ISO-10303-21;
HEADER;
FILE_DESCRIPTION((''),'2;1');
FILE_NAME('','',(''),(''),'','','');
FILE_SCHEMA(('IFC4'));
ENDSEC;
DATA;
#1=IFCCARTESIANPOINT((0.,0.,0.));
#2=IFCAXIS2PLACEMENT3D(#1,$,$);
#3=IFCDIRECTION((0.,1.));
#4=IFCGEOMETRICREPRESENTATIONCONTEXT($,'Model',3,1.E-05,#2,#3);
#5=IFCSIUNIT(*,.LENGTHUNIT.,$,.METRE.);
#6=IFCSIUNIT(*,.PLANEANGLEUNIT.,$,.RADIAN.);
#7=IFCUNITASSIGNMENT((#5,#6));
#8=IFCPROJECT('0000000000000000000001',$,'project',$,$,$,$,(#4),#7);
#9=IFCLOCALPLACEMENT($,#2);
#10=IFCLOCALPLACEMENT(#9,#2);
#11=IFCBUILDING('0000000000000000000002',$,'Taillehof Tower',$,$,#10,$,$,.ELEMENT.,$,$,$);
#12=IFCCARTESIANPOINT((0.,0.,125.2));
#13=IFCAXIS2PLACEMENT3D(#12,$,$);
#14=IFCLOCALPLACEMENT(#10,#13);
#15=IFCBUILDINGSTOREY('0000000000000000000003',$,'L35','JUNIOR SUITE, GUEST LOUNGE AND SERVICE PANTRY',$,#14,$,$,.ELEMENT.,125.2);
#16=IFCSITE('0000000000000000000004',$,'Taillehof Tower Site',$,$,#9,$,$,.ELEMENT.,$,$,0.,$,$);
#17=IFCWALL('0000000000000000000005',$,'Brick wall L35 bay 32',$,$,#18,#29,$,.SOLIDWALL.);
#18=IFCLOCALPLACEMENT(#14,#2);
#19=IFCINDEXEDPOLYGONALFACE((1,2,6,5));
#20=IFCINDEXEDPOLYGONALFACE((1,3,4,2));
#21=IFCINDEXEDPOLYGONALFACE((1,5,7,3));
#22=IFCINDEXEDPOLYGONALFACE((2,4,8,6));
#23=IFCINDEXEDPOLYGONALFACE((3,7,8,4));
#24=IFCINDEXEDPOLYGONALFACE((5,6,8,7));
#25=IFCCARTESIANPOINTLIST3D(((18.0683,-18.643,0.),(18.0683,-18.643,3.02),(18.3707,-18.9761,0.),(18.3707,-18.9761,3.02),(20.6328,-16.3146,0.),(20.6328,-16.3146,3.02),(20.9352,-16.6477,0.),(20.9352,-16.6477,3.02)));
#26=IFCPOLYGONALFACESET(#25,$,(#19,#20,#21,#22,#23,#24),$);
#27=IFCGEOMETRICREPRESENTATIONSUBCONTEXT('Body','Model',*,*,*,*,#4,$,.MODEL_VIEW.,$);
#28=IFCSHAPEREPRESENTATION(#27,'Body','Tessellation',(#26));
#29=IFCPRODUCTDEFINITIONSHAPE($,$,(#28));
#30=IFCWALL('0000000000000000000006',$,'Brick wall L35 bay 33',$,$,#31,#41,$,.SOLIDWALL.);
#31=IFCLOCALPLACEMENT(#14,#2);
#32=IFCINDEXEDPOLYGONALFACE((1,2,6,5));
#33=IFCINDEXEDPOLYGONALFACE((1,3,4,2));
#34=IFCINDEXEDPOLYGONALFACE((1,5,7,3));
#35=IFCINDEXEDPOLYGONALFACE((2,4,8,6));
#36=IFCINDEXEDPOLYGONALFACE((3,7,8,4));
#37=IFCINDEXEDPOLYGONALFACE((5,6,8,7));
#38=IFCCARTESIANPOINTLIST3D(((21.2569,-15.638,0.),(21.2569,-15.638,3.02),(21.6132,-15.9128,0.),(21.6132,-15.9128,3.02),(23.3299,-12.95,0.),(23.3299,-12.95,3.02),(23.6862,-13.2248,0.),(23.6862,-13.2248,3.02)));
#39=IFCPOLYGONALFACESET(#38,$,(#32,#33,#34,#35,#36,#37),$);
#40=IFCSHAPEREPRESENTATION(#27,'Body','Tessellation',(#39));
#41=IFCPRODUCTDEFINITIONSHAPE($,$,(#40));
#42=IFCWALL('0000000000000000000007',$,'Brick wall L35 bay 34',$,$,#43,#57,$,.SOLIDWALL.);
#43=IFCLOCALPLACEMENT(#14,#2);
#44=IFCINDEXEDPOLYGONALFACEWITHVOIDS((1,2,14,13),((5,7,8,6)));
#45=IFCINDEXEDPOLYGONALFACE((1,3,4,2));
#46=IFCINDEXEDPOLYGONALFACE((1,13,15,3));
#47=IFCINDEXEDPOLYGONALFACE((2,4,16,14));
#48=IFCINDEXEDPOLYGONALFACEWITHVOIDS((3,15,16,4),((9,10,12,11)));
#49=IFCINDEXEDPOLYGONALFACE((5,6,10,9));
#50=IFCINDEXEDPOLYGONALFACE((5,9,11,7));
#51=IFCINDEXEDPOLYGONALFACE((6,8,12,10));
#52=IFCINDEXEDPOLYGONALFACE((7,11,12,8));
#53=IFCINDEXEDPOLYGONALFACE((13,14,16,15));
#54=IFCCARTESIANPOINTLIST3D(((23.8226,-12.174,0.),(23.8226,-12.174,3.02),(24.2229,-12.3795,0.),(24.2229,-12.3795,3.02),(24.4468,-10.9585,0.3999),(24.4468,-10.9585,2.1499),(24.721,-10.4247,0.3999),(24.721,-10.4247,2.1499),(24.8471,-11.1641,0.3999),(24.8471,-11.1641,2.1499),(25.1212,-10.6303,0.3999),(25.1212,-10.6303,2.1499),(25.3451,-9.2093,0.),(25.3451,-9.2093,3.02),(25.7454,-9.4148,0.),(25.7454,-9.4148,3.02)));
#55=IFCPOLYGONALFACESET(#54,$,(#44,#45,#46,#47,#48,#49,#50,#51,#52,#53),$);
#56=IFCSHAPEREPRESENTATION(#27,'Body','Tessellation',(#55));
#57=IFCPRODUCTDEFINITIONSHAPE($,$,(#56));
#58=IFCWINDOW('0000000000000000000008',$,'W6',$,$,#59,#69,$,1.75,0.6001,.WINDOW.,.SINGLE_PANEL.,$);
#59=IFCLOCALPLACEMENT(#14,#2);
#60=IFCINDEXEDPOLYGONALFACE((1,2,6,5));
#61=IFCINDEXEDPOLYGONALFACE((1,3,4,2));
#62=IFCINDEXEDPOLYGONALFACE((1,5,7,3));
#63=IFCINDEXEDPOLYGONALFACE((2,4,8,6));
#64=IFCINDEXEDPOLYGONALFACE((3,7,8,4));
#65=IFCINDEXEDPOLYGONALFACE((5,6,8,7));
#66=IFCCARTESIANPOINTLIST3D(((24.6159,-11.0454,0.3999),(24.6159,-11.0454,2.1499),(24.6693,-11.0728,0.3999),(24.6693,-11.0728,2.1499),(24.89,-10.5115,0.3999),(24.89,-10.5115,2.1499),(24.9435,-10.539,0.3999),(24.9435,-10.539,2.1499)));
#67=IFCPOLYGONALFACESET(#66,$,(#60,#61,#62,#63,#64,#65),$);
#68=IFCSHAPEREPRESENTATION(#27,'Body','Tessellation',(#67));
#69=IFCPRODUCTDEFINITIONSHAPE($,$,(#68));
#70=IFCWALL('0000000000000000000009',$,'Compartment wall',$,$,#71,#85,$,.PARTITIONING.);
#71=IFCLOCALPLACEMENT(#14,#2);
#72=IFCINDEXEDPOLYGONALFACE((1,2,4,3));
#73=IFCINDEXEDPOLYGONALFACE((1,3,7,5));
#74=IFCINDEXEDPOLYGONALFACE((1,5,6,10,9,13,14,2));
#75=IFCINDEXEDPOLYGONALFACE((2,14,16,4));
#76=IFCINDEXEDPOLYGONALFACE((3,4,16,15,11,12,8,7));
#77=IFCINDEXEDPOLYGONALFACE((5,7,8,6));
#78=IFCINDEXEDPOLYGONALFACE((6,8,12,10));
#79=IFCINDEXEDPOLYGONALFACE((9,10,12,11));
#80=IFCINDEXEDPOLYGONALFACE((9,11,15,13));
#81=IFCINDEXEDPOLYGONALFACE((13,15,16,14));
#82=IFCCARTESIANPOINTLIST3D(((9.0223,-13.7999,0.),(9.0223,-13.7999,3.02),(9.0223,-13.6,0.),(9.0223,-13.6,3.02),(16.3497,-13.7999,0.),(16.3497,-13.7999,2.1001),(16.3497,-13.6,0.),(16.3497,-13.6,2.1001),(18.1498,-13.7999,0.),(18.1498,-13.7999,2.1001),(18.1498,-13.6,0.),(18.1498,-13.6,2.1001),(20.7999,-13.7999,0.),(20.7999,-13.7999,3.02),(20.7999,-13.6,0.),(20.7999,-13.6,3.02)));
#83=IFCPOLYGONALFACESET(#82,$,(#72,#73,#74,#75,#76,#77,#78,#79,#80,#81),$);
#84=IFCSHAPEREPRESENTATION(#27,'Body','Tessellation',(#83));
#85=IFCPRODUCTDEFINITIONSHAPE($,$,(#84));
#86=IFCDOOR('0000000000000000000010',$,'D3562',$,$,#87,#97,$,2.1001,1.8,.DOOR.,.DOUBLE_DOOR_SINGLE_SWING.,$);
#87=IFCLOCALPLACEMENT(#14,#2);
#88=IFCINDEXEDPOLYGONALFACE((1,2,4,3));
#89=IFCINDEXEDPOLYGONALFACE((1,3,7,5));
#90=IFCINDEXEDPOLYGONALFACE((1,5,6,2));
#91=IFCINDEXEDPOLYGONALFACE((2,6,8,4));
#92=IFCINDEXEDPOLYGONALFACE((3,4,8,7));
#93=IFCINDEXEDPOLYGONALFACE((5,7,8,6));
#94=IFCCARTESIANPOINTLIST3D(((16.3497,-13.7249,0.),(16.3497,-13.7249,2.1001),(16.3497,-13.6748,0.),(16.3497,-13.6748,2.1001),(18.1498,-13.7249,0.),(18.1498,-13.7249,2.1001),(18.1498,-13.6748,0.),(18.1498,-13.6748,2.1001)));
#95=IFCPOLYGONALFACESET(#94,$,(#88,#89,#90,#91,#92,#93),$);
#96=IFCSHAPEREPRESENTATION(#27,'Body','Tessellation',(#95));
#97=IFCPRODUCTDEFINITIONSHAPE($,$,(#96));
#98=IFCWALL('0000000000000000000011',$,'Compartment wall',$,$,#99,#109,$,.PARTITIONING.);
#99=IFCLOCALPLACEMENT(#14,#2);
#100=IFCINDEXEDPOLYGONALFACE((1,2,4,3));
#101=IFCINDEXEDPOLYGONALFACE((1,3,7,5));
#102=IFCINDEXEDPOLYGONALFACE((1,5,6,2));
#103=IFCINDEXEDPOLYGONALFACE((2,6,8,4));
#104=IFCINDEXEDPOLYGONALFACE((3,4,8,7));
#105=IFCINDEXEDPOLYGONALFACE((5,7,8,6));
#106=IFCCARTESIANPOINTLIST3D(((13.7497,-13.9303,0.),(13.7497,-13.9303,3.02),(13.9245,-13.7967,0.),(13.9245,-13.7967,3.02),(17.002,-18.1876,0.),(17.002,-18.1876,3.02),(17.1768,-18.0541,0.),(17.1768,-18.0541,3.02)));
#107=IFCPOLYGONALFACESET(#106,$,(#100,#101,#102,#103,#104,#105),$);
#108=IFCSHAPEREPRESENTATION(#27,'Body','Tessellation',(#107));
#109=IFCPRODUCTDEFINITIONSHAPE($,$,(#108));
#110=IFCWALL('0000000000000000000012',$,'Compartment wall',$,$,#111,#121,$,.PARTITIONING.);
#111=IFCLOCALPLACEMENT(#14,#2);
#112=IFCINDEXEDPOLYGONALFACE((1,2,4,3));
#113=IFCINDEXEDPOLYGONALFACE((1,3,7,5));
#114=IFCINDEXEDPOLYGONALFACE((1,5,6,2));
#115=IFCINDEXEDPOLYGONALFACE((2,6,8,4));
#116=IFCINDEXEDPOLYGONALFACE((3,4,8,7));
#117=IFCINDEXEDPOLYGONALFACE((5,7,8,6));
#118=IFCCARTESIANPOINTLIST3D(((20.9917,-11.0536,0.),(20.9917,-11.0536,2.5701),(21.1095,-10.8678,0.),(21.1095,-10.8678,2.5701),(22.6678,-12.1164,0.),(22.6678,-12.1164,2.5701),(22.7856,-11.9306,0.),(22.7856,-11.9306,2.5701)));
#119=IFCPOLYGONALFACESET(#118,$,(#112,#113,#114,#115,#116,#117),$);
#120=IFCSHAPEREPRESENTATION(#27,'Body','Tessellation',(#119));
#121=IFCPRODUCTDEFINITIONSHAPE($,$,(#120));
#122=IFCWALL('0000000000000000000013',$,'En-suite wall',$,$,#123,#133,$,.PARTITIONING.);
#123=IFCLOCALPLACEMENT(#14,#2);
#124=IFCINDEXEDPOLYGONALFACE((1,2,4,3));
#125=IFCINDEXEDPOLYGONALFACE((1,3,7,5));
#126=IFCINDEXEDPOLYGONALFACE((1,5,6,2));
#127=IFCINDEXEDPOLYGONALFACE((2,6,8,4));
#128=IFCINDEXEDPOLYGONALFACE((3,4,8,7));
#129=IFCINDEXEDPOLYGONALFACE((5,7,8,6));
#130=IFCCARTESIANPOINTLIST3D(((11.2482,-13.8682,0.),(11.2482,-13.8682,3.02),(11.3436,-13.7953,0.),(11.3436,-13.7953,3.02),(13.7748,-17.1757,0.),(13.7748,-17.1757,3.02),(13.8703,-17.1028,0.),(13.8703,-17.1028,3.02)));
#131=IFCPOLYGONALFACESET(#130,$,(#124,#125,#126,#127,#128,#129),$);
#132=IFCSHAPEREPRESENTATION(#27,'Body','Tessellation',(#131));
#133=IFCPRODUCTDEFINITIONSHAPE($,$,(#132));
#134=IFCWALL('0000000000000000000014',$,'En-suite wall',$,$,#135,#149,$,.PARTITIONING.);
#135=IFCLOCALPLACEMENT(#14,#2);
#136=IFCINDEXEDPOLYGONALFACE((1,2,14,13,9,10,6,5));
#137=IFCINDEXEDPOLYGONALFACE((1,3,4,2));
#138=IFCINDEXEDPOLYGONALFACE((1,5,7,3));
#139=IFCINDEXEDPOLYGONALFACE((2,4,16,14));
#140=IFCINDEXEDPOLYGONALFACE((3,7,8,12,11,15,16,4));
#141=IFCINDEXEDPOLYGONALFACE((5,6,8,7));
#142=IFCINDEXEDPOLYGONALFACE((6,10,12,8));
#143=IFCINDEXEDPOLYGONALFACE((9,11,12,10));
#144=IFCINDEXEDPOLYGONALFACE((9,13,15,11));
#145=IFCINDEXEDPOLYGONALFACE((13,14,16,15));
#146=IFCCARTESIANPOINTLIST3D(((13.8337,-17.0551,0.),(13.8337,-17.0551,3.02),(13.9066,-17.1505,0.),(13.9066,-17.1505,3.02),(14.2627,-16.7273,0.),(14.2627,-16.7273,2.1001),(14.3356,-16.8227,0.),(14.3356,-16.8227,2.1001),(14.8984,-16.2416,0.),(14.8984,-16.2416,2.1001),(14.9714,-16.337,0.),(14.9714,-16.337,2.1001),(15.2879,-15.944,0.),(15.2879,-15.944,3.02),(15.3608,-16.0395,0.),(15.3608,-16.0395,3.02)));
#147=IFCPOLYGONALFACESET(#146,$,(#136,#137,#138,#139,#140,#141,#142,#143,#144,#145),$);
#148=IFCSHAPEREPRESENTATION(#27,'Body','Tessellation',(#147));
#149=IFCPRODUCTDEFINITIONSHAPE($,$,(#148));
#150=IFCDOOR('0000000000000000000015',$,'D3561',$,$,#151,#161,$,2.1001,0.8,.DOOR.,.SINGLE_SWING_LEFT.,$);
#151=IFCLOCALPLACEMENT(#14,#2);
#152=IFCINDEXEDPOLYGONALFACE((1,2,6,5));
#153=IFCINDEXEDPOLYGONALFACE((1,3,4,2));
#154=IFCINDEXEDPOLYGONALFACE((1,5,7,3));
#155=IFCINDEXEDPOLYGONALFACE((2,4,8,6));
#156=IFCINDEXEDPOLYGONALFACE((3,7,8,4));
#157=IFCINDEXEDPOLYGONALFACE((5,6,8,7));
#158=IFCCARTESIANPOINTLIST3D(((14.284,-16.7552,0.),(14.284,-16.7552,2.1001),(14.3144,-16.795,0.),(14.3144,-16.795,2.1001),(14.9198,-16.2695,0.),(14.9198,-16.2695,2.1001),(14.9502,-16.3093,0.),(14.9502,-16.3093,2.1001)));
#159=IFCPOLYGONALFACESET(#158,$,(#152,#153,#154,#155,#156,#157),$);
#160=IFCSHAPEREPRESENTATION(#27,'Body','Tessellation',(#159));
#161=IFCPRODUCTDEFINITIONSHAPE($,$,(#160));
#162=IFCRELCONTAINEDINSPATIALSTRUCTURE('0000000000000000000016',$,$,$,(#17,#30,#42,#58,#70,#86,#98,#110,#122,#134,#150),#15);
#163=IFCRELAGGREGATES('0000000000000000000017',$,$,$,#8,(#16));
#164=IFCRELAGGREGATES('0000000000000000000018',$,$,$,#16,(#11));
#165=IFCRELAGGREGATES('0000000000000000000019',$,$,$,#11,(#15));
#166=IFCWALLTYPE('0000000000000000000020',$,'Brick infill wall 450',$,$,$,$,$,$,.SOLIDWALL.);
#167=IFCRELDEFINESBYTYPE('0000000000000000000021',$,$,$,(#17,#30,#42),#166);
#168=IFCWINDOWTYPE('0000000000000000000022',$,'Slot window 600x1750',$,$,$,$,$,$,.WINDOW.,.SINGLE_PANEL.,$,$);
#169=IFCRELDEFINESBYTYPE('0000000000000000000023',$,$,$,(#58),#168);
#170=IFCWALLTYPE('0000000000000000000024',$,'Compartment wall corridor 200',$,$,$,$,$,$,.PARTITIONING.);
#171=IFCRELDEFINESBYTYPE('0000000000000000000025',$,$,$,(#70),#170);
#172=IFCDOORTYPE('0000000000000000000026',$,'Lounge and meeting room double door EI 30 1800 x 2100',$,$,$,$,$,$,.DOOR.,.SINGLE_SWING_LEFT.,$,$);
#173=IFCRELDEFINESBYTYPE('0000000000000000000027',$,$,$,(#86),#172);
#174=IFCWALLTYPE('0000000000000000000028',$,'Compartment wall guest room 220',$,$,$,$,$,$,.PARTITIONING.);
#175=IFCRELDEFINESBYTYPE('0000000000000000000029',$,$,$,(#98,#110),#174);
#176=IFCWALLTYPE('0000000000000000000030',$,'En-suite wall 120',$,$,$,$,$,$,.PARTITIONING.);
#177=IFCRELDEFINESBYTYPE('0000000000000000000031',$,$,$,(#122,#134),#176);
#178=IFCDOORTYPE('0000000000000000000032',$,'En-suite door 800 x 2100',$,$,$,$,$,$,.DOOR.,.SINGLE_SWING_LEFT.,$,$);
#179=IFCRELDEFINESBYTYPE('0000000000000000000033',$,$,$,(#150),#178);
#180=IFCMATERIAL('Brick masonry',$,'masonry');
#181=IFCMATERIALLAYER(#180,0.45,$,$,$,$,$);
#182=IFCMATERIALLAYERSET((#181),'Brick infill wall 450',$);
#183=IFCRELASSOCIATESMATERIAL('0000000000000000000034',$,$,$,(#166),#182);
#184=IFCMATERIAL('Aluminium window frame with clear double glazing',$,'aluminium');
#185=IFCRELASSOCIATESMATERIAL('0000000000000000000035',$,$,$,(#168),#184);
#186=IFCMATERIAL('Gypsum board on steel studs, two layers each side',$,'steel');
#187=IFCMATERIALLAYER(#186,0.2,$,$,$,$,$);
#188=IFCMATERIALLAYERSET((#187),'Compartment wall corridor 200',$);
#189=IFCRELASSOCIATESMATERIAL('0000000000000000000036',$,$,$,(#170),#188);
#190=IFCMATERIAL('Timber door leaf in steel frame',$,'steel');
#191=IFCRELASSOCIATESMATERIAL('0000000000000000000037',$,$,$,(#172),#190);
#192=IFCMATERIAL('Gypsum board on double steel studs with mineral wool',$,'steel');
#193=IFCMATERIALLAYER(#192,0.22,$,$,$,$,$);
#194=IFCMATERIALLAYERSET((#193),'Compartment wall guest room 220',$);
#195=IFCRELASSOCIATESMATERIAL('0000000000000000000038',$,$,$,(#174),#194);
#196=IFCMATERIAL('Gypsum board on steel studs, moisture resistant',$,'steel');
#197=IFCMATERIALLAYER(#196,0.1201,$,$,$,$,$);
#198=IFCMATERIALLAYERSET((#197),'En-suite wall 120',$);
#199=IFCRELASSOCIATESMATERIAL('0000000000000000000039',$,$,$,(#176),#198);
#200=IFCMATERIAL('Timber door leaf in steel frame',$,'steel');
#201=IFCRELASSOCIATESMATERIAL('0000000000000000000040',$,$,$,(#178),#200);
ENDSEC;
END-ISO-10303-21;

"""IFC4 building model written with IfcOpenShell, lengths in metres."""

from ifc_helpers import new_model, si_unit, direction, frame, frame_2d, origin, place, context, subcontext, project, spatial, rectangle, extrude, material, layer, layer_set, type_object, element, fill, save


model = new_model("IFC4")

# Units and contexts
model_context = context("Model", 3, precision=1e-05, world=origin(), true_north=direction((0.0, 1.0)))
body_context = subcontext(model_context, "Body", "Model", "MODEL_VIEW")
ifc_project = project(units=[si_unit("LENGTHUNIT", "METRE"), si_unit("PLANEANGLEUNIT", "RADIAN")], contexts=[model_context])

# Site, building, storey
site_placement = place(None, origin())
site = spatial("IfcSite", under=ifc_project, at=site_placement, Name="Taillehof Tower Site", CompositionType="ELEMENT", RefElevation=0.0)
building_placement = place(site_placement, origin())
building = spatial("IfcBuilding", under=site, at=building_placement, Name="Taillehof Tower", CompositionType="ELEMENT")
storey_placement = place(building_placement, frame((0.0, 0.0, 125.2)))
storey = spatial("IfcBuildingStorey", under=building, at=storey_placement, Name="L35", Description="JUNIOR SUITE, GUEST LOUNGE AND SERVICE PANTRY", CompositionType="ELEMENT", Elevation=125.2)

# Shared definitions
ifc_material_1 = material(Name="Brick masonry", Category="masonry")
ifc_layer_1 = layer(ifc_material_1, 0.45)
ifc_layer_set_1 = layer_set([ifc_layer_1], Name="Brick infill wall 450")
wall_type_1 = type_object("IfcWallType", Name="Brick infill wall 450", PredefinedType="SOLIDWALL", material=ifc_layer_set_1)

# Walls
wall_1_placement = place(storey_placement, frame((18.2195, -18.8096, 0.0), z_axis=(0.0, 0.0, 1.0), x_axis=(0.740364, 0.672206, 0.0)))
element("IfcWall", 1, at=wall_1_placement, inside=storey, type_object=wall_type_1, Name="Brick wall L35 bay 32", PredefinedType="SOLIDWALL", context=body_context, shape_type="SweptSolid", body=[
    extrude(rectangle(XDim=3.4639, YDim=0.45, at=frame_2d((1.7319, 0.0))), origin(), (0.0, 0.0, 1.0), 3.02),
])
wall_2_placement = place(storey_placement, frame((21.4351, -15.7754, 0.0), z_axis=(0.0, 0.0, 1.0), x_axis=(0.610694, 0.791867, 0.0)))
element("IfcWall", 2, at=wall_2_placement, inside=storey, type_object=wall_type_1, Name="Brick wall L35 bay 33", PredefinedType="SOLIDWALL", context=body_context, shape_type="SweptSolid", body=[
    extrude(rectangle(XDim=3.3945, YDim=0.45, at=frame_2d((1.6973, 0.0))), origin(), (0.0, 0.0, 1.0), 3.02),
])

# Wall, opening, window
wall_3_placement = place(storey_placement, frame((24.0227, -12.2769, 0.0), z_axis=(0.0, 0.0, 1.0), x_axis=(0.456828, 0.889555, 0.0)))
wall_3 = element("IfcWall", 3, at=wall_3_placement, inside=storey, type_object=wall_type_1, Name="Brick wall L35 bay 34", PredefinedType="SOLIDWALL", context=body_context, shape_type="SweptSolid", body=[
    extrude(rectangle(XDim=3.3328, YDim=0.45, at=frame_2d((1.6665, 0.0))), origin(), (0.0, 0.0, 1.0), 3.02),
])
opening_1_placement = place(wall_3_placement, frame((1.3665, 0.0, 0.3999)))
opening_1 = element("IfcOpeningElement", 4, at=opening_1_placement, cuts=wall_3, PredefinedType="OPENING", context=body_context, shape_type="SweptSolid", body=[
    extrude(rectangle(XDim=0.6001, YDim=1.75, at=frame_2d((0.3, 0.875))), frame((0.0, 0.2349, 0.0), z_axis=(0.0, -1.0, 0.0), x_axis=(1.0, 0.0, 0.0)), (0.0, 0.0, 1.0), 0.47),
])
ifc_material_2 = material(Name="Aluminium window frame with clear double glazing", Category="aluminium")
window_type_1 = type_object("IfcWindowType", Name="Slot window 600x1750", PartitioningType="SINGLE_PANEL", PredefinedType="WINDOW", material=ifc_material_2)
window_1_placement = place(opening_1_placement, origin())
window_1 = element("IfcWindow", 5, at=window_1_placement, inside=storey, type_object=window_type_1, Name="W6", OverallHeight=1.75, OverallWidth=0.6001, PartitioningType="SINGLE_PANEL", PredefinedType="WINDOW", context=body_context, shape_type="SweptSolid", body=[
    extrude(rectangle(XDim=0.6001, YDim=1.75, at=frame_2d((0.3, 0.875))), frame((0.0, 0.0349, 0.0), z_axis=(0.0, -1.0, 0.0), x_axis=(1.0, 0.0, 0.0)), (0.0, 0.0, 1.0), 0.0601),
])
fill(opening_1, window_1)

# Wall, opening, door
ifc_material_3 = material(Name="Gypsum board on steel studs, two layers each side", Category="steel")
ifc_layer_2 = layer(ifc_material_3, 0.2)
ifc_layer_set_2 = layer_set([ifc_layer_2], Name="Compartment wall corridor 200")
wall_type_2 = type_object("IfcWallType", Name="Compartment wall corridor 200", PredefinedType="PARTITIONING", material=ifc_layer_set_2)
wall_4_placement = place(storey_placement, frame((20.7998, -13.7, 0.0), z_axis=(0.0, 0.0, 1.0), x_axis=(-1.0, 0.0, 0.0)))
wall_4 = element("IfcWall", 6, at=wall_4_placement, inside=storey, type_object=wall_type_2, Name="Compartment wall", PredefinedType="PARTITIONING", context=body_context, shape_type="SweptSolid", body=[
    extrude(rectangle(XDim=11.7776, YDim=0.2, at=frame_2d((5.8887, 0.0))), origin(), (0.0, 0.0, 1.0), 3.02),
])
opening_2_placement = place(wall_4_placement, frame((2.6501, 0.0, 0.0)))
opening_2 = element("IfcOpeningElement", 7, at=opening_2_placement, cuts=wall_4, PredefinedType="OPENING", context=body_context, shape_type="SweptSolid", body=[
    extrude(rectangle(XDim=1.8, YDim=2.1001, at=frame_2d((0.8999, 1.05))), frame((0.0, 0.1099, 0.0), z_axis=(0.0, -1.0, 0.0), x_axis=(1.0, 0.0, 0.0)), (0.0, 0.0, 1.0), 0.22),
])
ifc_material_4 = material(Name="Timber door leaf in steel frame", Category="steel")
door_type_1 = type_object("IfcDoorType", Name="Lounge and meeting room double door EI 30 1800 x 2100", OperationType="SINGLE_SWING_LEFT", PredefinedType="DOOR", material=ifc_material_4)
door_1_placement = place(opening_2_placement, origin())
door_1 = element("IfcDoor", 8, at=door_1_placement, inside=storey, type_object=door_type_1, Name="D3562", OperationType="DOUBLE_DOOR_SINGLE_SWING", OverallHeight=2.1001, OverallWidth=1.8, PredefinedType="DOOR", context=body_context, shape_type="SweptSolid", body=[
    extrude(rectangle(XDim=1.8, YDim=2.1001, at=frame_2d((0.8999, 1.05))), frame((0.0, 0.0249, 0.0), z_axis=(0.0, -1.0, 0.0), x_axis=(1.0, 0.0, 0.0)), (0.0, 0.0, 1.0), 0.05),
])
fill(opening_2, door_1)

# Walls
ifc_material_5 = material(Name="Gypsum board on double steel studs with mineral wool", Category="steel")
ifc_layer_3 = layer(ifc_material_5, 0.22)
ifc_layer_set_3 = layer_set([ifc_layer_3], Name="Compartment wall guest room 220")
wall_type_3 = type_object("IfcWallType", Name="Compartment wall guest room 220", PredefinedType="PARTITIONING", material=ifc_layer_set_3)
wall_5_placement = place(storey_placement, frame((17.0894, -18.1208, 0.0), z_axis=(0.0, 0.0, 1.0), x_axis=(-0.607049, 0.794664, 0.0)))
element("IfcWall", 9, at=wall_5_placement, inside=storey, type_object=wall_type_3, Name="Compartment wall", PredefinedType="PARTITIONING", context=body_context, shape_type="SweptSolid", body=[
    extrude(rectangle(XDim=5.3574, YDim=0.22, at=frame_2d((2.6787, 0.0))), origin(), (0.0, 0.0, 1.0), 3.02),
])
wall_6_placement = place(storey_placement, frame((22.7266, -12.0234, 0.0), z_axis=(0.0, 0.0, 1.0), x_axis=(-0.844532, 0.535506, 0.0)))
element("IfcWall", 10, at=wall_6_placement, inside=storey, type_object=wall_type_3, Name="Compartment wall", PredefinedType="PARTITIONING", context=body_context, shape_type="SweptSolid", body=[
    extrude(rectangle(XDim=1.9846, YDim=0.22, at=frame_2d((0.9922, 0.0))), origin(), (0.0, 0.0, 1.0), 2.5701),
])
ifc_material_6 = material(Name="Gypsum board on steel studs, moisture resistant", Category="steel")
ifc_layer_4 = layer(ifc_material_6, 0.1201)
ifc_layer_set_4 = layer_set([ifc_layer_4], Name="En-suite wall 120")
wall_type_4 = type_object("IfcWallType", Name="En-suite wall 120", PredefinedType="PARTITIONING", material=ifc_layer_set_4)
wall_7_placement = place(storey_placement, frame((11.2959, -13.8318, 0.0), z_axis=(0.0, 0.0, 1.0), x_axis=(0.607062, -0.794654, 0.0)))
element("IfcWall", 11, at=wall_7_placement, inside=storey, type_object=wall_type_4, Name="En-suite wall", PredefinedType="PARTITIONING", context=body_context, shape_type="SweptSolid", body=[
    extrude(rectangle(XDim=4.1621, YDim=0.1201, at=frame_2d((2.0811, 0.0))), origin(), (0.0, 0.0, 1.0), 3.02),
])

# Wall, opening, door
wall_8_placement = place(storey_placement, frame((13.8701, -17.1028, 0.0), z_axis=(0.0, 0.0, 1.0), x_axis=(0.794638, 0.607084, 0.0)))
wall_8 = element("IfcWall", 12, at=wall_8_placement, inside=storey, type_object=wall_type_4, Name="En-suite wall", PredefinedType="PARTITIONING", context=body_context, shape_type="SweptSolid", body=[
    extrude(rectangle(XDim=1.8301, YDim=0.1201, at=frame_2d((0.915, 0.0))), origin(), (0.0, 0.0, 1.0), 3.02),
])
opening_3_placement = place(wall_8_placement, frame((0.54, 0.0, 0.0)))
opening_3 = element("IfcOpeningElement", 13, at=opening_3_placement, cuts=wall_8, PredefinedType="OPENING", context=body_context, shape_type="SweptSolid", body=[
    extrude(rectangle(XDim=0.8, YDim=2.1001, at=frame_2d((0.3999, 1.05))), frame((0.0, 0.0701, 0.0), z_axis=(0.0, -1.0, 0.0), x_axis=(1.0, 0.0, 0.0)), (0.0, 0.0, 1.0), 0.1401),
])
ifc_material_7 = material(Name="Timber door leaf in steel frame", Category="steel")
door_type_2 = type_object("IfcDoorType", Name="En-suite door 800 x 2100", OperationType="SINGLE_SWING_LEFT", PredefinedType="DOOR", material=ifc_material_7)
door_2_placement = place(opening_3_placement, origin())
door_2 = element("IfcDoor", 14, at=door_2_placement, inside=storey, type_object=door_type_2, Name="D3561", OperationType="SINGLE_SWING_LEFT", OverallHeight=2.1001, OverallWidth=0.8, PredefinedType="DOOR", context=body_context, shape_type="SweptSolid", body=[
    extrude(rectangle(XDim=0.8, YDim=2.1001, at=frame_2d((0.3999, 1.05))), frame((0.0, 0.0249, 0.0), z_axis=(0.0, -1.0, 0.0), x_axis=(1.0, 0.0, 0.0)), (0.0, 0.0, 1.0), 0.05),
])
fill(opening_3, door_2)

save(model, "model.ifc")
